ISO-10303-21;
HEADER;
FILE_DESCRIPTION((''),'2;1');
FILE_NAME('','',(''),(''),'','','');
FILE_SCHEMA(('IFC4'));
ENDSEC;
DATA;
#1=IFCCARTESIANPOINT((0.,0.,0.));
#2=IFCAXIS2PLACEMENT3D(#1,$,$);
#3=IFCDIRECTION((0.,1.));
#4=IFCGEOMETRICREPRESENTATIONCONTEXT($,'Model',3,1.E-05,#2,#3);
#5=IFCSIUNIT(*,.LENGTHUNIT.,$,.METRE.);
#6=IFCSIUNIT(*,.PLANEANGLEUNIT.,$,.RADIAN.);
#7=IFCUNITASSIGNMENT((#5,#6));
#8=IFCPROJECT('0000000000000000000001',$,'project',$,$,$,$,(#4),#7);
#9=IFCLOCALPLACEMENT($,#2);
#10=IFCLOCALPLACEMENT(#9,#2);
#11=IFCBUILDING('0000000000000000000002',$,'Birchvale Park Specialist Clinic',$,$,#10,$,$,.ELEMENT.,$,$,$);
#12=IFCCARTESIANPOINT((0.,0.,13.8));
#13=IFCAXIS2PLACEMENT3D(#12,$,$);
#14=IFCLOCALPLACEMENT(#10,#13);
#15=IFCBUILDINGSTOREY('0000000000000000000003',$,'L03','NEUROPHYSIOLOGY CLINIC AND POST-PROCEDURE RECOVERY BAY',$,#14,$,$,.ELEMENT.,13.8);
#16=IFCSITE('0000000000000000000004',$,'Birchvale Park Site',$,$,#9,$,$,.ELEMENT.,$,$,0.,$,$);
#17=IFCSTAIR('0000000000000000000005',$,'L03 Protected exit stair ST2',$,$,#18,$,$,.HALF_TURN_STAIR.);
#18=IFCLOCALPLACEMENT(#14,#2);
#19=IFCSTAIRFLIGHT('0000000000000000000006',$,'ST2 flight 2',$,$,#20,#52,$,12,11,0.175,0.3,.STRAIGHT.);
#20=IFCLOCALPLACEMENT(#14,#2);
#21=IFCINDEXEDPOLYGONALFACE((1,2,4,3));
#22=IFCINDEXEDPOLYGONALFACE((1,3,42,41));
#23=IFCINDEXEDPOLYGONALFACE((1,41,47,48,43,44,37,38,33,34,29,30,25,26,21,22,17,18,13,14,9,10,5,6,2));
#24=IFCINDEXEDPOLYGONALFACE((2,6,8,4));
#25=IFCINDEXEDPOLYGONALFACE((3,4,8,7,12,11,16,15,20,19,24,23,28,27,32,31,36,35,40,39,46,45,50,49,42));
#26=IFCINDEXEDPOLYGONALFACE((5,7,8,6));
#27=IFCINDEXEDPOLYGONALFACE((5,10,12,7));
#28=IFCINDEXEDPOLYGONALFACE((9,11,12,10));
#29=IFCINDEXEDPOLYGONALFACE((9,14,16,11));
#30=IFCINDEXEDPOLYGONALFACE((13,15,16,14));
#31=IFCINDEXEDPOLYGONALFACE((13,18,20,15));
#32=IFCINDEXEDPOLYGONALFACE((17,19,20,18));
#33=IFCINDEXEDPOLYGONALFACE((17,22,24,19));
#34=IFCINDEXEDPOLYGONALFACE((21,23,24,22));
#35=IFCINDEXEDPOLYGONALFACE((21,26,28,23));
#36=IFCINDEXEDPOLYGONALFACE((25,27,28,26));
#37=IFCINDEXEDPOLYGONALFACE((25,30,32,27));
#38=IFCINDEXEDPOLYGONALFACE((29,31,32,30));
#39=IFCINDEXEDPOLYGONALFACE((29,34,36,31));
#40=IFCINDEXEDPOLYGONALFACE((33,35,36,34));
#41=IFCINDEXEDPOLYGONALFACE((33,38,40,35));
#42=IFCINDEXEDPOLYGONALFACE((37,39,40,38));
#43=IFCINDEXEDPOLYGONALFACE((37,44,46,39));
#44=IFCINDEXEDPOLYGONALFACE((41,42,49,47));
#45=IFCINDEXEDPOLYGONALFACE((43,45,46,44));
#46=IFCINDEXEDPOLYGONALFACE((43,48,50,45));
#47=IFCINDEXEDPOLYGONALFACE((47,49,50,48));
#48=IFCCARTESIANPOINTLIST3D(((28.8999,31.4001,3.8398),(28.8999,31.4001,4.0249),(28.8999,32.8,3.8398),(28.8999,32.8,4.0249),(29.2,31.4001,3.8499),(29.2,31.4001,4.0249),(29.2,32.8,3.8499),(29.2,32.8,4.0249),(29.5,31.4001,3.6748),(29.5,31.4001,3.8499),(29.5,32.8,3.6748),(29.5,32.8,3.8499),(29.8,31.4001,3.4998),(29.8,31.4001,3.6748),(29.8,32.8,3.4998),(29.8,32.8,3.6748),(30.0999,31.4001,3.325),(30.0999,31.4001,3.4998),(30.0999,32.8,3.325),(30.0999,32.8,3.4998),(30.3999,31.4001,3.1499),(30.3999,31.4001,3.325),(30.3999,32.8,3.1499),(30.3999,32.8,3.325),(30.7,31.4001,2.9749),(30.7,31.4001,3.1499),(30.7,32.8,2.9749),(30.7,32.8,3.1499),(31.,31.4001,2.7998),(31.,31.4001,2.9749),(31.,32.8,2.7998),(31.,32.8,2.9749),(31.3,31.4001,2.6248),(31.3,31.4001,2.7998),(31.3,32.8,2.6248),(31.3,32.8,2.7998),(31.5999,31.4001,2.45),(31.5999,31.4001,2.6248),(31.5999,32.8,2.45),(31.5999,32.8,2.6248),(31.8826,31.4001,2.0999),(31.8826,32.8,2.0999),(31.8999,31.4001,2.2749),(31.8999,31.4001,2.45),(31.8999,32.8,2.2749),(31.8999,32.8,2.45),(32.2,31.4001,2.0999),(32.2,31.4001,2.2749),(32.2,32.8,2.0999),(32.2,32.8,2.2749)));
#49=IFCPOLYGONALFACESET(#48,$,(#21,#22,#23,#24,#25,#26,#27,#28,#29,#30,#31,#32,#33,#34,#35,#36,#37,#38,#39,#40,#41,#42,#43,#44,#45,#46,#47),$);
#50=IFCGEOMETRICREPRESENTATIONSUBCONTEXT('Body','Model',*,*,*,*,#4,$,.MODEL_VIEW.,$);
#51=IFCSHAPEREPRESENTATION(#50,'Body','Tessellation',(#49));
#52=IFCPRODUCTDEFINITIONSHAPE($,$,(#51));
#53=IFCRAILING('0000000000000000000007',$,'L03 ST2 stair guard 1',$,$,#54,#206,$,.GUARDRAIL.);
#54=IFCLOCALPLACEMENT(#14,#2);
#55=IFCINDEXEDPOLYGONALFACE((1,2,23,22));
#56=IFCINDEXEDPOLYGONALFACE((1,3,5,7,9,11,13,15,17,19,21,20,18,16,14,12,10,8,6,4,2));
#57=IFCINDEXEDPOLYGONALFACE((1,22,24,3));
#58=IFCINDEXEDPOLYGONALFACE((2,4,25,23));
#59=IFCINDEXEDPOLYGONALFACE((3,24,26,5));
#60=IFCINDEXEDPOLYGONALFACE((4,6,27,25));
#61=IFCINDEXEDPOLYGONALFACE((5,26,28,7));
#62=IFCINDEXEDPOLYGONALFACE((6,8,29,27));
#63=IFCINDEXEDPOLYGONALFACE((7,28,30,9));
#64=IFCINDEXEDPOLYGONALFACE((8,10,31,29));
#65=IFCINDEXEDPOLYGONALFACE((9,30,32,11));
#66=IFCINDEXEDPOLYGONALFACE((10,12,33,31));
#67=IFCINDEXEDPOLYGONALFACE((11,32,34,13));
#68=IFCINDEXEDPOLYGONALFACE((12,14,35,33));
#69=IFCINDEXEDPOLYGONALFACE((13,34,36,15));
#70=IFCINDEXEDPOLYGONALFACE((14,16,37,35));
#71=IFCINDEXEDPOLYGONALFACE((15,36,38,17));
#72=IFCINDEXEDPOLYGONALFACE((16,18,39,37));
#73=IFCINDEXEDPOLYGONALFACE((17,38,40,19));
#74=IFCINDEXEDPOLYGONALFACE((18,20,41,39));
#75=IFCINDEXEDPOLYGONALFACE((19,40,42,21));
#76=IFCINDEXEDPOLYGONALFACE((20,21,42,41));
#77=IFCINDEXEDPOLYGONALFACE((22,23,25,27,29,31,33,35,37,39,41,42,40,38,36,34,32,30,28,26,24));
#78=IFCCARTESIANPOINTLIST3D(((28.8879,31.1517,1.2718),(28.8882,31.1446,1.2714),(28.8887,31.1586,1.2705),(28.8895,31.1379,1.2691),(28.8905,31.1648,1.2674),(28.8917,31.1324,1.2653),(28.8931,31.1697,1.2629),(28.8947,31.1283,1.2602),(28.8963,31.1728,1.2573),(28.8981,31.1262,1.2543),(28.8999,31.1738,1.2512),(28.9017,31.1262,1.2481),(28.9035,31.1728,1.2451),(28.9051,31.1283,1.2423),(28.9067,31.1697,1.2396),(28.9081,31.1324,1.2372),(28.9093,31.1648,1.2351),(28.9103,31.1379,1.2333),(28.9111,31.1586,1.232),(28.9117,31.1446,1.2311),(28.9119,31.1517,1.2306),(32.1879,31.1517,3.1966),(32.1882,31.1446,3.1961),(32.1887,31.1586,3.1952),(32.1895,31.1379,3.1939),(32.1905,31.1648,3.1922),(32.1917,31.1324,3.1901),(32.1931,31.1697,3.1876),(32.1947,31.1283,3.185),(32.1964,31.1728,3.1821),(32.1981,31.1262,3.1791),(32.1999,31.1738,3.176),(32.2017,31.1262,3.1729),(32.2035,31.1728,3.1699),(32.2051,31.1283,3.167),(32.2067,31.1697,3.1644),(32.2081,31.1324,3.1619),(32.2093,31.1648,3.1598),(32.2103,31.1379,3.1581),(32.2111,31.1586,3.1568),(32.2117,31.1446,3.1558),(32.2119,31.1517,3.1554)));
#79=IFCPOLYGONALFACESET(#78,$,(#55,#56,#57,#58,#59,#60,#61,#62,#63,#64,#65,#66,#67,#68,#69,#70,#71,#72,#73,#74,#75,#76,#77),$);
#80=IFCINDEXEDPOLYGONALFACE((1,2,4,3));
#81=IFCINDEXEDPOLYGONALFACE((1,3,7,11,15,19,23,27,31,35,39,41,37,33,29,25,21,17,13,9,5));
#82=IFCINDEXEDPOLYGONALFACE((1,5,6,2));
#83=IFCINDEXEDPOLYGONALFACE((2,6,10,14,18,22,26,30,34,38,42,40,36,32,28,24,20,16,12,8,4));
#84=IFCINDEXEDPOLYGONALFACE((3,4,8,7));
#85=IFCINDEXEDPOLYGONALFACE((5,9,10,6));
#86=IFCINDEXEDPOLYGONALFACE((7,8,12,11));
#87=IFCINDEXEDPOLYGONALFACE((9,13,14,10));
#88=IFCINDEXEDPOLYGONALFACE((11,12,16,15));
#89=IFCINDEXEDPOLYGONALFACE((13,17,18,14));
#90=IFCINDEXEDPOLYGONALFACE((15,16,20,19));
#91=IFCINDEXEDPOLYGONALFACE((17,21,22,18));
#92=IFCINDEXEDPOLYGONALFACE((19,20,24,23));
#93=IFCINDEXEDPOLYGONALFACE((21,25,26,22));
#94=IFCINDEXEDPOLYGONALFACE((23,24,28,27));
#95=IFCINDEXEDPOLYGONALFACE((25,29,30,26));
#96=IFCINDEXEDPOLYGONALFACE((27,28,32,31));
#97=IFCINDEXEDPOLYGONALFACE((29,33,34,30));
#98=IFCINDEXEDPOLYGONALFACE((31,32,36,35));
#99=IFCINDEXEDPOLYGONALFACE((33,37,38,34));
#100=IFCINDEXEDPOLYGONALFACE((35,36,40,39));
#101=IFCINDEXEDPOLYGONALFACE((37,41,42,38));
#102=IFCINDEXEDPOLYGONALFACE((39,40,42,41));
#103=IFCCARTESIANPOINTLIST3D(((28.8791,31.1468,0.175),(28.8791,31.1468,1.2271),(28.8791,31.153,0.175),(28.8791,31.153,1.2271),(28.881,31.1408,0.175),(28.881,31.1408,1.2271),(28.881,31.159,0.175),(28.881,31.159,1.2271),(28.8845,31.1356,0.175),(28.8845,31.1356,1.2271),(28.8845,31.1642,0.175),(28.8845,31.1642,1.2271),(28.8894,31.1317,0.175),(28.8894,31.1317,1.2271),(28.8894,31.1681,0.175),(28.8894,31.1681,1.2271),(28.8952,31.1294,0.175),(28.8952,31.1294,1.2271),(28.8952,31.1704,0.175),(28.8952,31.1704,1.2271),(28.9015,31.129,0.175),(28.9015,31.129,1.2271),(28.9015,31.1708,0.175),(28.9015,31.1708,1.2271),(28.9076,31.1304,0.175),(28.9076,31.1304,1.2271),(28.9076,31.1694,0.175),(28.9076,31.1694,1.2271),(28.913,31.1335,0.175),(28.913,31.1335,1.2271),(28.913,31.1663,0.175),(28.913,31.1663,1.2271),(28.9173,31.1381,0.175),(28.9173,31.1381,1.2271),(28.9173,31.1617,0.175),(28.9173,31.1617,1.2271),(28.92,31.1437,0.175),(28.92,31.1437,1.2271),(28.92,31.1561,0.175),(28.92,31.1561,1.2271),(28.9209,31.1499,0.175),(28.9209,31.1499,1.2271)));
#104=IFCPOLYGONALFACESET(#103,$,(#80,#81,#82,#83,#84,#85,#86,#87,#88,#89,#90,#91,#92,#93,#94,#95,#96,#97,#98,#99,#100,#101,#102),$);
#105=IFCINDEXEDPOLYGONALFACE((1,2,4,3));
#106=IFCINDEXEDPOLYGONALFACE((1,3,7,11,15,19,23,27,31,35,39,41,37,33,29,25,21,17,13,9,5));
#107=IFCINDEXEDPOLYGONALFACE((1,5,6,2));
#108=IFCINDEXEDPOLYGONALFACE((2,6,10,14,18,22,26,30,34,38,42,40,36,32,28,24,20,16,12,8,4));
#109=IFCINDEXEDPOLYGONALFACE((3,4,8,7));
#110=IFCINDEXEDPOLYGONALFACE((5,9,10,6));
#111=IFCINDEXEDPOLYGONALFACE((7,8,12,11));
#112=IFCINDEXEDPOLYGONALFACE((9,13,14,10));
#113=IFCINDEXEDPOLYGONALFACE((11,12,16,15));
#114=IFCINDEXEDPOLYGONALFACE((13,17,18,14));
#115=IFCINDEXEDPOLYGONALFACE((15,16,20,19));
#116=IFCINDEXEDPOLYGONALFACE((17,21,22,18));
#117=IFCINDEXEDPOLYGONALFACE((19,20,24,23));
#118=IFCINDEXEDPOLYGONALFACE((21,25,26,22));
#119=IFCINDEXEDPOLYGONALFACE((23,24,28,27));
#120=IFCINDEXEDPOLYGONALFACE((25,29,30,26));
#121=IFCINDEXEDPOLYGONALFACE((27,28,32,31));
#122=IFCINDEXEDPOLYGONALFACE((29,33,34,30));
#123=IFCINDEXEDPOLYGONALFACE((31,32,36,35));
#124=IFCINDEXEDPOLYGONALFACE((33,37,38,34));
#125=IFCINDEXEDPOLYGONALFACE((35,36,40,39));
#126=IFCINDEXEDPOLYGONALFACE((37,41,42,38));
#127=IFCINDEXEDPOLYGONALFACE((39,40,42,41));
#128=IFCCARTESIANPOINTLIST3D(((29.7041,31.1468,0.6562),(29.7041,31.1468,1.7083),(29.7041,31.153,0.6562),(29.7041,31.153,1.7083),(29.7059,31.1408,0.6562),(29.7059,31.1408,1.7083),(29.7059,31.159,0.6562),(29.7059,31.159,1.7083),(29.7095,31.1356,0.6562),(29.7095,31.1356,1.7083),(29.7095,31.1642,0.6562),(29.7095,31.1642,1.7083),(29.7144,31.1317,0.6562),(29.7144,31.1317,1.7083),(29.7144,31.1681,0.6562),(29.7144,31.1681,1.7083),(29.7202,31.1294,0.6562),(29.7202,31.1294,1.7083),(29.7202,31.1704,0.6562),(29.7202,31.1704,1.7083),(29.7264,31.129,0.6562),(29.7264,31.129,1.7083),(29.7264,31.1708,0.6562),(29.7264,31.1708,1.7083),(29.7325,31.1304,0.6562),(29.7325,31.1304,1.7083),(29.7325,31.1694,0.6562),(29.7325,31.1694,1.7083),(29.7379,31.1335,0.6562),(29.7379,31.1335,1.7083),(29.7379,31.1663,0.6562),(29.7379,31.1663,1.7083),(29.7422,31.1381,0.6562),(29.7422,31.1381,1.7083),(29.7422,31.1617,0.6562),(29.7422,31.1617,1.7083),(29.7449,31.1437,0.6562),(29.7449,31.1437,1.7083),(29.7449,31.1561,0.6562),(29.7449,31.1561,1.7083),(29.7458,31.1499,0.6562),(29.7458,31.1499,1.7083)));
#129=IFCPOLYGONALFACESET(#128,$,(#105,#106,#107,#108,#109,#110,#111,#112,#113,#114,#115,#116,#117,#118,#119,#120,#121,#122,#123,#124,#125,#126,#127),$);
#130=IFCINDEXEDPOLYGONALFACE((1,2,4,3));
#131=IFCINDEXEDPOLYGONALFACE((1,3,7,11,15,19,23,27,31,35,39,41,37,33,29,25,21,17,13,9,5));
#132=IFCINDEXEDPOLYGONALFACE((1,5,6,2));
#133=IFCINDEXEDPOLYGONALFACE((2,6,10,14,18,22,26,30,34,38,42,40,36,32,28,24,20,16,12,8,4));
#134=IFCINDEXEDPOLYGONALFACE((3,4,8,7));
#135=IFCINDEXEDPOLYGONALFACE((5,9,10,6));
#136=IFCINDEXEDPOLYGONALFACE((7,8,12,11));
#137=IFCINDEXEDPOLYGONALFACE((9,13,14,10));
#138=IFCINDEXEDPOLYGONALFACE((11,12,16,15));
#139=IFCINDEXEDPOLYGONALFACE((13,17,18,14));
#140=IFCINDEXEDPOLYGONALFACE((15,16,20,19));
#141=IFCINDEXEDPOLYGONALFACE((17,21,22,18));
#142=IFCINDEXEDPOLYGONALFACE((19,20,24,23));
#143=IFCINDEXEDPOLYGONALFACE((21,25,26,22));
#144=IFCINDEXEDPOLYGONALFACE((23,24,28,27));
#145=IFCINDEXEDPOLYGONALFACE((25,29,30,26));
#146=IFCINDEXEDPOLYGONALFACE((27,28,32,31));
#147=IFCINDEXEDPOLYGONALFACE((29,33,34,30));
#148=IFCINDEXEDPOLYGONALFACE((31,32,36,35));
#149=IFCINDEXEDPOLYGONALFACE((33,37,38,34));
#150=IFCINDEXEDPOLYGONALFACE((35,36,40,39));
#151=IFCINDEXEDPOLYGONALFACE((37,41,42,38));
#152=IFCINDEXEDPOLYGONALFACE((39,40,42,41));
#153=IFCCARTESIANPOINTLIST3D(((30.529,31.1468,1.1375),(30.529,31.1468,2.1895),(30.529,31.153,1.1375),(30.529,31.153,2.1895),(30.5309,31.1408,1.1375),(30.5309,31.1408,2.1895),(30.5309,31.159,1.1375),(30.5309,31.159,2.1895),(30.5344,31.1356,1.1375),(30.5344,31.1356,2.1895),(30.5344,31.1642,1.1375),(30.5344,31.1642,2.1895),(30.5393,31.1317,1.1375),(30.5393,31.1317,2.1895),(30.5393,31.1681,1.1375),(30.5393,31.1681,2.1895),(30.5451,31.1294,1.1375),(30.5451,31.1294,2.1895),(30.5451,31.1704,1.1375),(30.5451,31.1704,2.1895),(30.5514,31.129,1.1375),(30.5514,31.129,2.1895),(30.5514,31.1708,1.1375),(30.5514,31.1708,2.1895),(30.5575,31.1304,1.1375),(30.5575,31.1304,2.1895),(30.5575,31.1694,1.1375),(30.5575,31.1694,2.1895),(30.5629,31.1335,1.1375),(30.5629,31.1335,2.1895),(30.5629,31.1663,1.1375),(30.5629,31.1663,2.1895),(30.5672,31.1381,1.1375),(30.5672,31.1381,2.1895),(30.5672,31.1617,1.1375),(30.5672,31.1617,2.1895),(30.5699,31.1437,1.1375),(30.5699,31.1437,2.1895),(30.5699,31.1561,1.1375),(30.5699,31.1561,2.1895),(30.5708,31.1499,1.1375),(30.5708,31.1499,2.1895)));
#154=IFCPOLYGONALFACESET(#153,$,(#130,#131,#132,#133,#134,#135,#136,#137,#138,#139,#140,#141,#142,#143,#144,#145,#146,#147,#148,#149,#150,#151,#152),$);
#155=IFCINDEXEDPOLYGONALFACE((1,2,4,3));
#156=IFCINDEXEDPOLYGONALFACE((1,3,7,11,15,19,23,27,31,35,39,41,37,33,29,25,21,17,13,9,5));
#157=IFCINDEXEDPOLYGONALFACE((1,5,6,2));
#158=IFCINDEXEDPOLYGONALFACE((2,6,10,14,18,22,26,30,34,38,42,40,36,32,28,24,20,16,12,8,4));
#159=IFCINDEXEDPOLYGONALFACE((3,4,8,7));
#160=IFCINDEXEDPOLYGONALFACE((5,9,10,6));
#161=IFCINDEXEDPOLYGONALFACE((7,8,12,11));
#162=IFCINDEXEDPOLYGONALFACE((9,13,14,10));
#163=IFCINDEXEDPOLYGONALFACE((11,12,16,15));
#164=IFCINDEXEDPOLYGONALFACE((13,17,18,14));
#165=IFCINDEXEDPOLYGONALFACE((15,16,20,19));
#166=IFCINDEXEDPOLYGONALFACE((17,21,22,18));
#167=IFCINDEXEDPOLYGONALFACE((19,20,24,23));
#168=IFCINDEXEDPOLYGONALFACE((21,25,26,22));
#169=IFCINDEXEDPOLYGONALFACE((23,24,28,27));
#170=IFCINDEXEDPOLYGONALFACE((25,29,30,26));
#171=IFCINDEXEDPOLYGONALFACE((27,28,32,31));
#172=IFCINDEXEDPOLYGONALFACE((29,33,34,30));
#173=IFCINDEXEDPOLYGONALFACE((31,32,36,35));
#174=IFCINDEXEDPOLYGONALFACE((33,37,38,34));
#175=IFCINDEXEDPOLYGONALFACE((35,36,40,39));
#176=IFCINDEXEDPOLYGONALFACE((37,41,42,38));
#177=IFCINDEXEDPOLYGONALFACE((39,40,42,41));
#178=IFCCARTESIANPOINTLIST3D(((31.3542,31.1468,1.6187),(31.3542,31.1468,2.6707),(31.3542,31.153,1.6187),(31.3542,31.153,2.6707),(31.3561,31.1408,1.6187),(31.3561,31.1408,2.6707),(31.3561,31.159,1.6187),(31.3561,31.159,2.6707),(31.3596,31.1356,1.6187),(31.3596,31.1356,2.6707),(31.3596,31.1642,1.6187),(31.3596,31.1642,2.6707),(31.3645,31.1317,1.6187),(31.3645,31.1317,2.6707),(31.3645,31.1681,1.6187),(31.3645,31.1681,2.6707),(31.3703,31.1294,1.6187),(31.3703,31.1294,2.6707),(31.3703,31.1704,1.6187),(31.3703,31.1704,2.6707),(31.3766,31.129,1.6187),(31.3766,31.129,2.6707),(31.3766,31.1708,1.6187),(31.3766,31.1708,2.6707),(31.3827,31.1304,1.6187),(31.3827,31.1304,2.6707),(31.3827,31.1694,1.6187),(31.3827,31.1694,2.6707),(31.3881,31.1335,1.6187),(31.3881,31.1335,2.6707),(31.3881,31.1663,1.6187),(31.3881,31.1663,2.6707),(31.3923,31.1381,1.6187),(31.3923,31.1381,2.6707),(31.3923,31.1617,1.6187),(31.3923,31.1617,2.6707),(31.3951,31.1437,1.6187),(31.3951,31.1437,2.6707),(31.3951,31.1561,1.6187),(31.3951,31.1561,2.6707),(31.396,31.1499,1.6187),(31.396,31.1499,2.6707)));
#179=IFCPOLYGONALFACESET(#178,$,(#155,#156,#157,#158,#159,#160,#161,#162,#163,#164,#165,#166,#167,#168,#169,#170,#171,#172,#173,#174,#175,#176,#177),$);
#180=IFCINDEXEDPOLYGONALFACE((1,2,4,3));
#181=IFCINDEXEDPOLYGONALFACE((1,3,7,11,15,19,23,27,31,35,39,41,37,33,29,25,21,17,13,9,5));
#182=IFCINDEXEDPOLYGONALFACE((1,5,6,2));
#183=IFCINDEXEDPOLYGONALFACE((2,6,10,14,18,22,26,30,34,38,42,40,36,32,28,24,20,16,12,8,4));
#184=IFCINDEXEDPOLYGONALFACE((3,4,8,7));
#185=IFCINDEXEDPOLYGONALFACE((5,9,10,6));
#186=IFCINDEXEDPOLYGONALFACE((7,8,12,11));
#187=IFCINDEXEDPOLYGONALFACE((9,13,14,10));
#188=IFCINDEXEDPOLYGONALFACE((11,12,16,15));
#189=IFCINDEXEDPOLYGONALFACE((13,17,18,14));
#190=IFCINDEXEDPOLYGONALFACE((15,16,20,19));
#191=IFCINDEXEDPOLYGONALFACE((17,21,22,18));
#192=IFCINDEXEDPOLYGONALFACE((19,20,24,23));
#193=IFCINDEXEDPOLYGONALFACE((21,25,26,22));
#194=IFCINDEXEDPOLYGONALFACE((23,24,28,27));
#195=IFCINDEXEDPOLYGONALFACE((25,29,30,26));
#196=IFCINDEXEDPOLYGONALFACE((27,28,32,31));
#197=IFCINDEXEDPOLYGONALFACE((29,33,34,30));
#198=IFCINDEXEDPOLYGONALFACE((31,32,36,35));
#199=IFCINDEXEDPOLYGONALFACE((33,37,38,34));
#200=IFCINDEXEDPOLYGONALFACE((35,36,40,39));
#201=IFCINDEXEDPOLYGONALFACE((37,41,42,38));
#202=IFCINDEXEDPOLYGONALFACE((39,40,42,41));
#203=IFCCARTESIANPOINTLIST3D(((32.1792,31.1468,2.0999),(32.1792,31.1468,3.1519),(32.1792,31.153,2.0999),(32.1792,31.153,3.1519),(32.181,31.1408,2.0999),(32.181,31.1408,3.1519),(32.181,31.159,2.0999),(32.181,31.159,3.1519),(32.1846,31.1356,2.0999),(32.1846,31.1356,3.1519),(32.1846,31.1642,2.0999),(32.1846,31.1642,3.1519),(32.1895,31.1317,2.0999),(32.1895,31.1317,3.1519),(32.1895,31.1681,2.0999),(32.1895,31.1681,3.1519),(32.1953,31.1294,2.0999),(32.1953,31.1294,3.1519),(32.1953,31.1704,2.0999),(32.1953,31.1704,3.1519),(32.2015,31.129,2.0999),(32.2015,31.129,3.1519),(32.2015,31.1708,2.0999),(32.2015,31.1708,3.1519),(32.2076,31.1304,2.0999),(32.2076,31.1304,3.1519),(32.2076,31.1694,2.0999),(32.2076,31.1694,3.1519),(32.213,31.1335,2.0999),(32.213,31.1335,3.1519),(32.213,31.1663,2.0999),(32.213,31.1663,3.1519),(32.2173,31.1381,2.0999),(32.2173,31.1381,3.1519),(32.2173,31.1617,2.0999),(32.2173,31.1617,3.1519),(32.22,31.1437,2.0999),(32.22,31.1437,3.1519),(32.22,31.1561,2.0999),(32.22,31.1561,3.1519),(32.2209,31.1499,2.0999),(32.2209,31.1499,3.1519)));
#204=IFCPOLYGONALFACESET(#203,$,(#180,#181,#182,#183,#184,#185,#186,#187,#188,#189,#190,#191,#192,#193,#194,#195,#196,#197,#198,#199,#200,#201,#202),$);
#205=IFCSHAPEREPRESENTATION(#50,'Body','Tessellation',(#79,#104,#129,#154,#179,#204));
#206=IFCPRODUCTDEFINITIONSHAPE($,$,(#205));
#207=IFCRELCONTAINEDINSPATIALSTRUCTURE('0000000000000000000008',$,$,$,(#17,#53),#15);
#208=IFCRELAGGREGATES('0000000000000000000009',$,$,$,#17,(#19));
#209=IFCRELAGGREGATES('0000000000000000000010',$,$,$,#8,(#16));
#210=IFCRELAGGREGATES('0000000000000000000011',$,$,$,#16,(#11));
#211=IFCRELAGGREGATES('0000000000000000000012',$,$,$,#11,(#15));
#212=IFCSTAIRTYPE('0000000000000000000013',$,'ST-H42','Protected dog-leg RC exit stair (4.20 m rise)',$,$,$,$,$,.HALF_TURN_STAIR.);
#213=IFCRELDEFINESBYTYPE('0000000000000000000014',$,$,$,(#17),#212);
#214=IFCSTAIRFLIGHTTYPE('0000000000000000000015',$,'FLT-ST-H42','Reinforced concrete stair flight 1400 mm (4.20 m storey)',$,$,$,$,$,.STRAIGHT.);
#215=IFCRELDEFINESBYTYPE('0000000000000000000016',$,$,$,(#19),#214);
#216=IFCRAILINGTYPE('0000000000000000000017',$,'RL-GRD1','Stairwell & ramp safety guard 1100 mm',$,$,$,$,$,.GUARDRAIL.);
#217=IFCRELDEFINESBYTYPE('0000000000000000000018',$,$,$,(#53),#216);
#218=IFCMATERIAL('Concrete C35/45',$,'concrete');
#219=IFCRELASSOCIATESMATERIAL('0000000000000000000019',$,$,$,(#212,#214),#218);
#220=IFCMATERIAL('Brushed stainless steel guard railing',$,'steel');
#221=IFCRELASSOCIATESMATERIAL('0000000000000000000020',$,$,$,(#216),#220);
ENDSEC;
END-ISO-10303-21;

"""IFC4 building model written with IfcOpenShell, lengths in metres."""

from ifc_helpers import new_model, si_unit, direction, frame, origin, origin_2d, place, context, subcontext, project, spatial, polyline, circle, outline, extrude, material, type_object, element, aggregate, save


model = new_model("IFC4")

# Units and contexts
model_context = context("Model", 3, precision=1e-05, world=origin(), true_north=direction((0.0, 1.0)))
body_context = subcontext(model_context, "Body", "Model", "MODEL_VIEW")
ifc_project = project(units=[si_unit("LENGTHUNIT", "METRE"), si_unit("PLANEANGLEUNIT", "RADIAN")], contexts=[model_context])

# Site, building, storey
site_placement = place(None, origin())
site = spatial("IfcSite", under=ifc_project, at=site_placement, Name="Birchvale Park Site", CompositionType="ELEMENT", RefElevation=0.0)
building_placement = place(site_placement, origin())
building = spatial("IfcBuilding", under=site, at=building_placement, Name="Birchvale Park Specialist Clinic", CompositionType="ELEMENT")
storey_placement = place(building_placement, frame((0.0, 0.0, 13.8)))
storey = spatial("IfcBuildingStorey", under=building, at=storey_placement, Name="L03", Description="NEUROPHYSIOLOGY CLINIC AND POST-PROCEDURE RECOVERY BAY", CompositionType="ELEMENT", Elevation=13.8)

# Stair, stair flight
ifc_material_1 = material(Name="Concrete C35/45", Category="concrete")
stair_type = type_object("IfcStairType", Name="ST-H42", Description="Protected dog-leg RC exit stair (4.20 m rise)", PredefinedType="HALF_TURN_STAIR", material=ifc_material_1)
stair_placement = place(storey_placement, origin())
stair = element("IfcStair", 1, at=stair_placement, inside=storey, type_object=stair_type, Name="L03 Protected exit stair ST2", PredefinedType="HALF_TURN_STAIR")
stair_flight_type = type_object("IfcStairFlightType", Name="FLT-ST-H42", Description="Reinforced concrete stair flight 1400 mm (4.20 m storey)", PredefinedType="STRAIGHT", material=ifc_material_1)
stair_flight_1_placement = place(storey_placement, frame((32.2, 32.1001, 2.0999), z_axis=(0.0, 0.0, 1.0), x_axis=(-1.0, 0.0, 0.0)))
stair_flight_1 = element("IfcStairFlight", 2, at=stair_flight_1_placement, type_object=stair_flight_type, Name="ST2 flight 2", NumberOfRisers=12, NumberOfTreads=11, PredefinedType="STRAIGHT", RiserHeight=0.175, TreadLength=0.3, context=body_context, shape_type="SweptSolid", body=[
    extrude(outline(polyline([(0.0, 0.0), (0.0, 0.175), (0.3, 0.175), (0.3, 0.3501), (0.6001, 0.3501), (0.6001, 0.5249), (0.8999, 0.5249), (0.8999, 0.7), (1.2, 0.7), (1.2, 0.875), (1.5, 0.875), (1.5, 1.05), (1.8, 1.05), (1.8, 1.2251), (2.1001, 1.2251), (2.1001, 1.3999), (2.3999, 1.3999), (2.3999, 1.575), (2.7, 1.575), (2.7, 1.75), (3.0, 1.75), (3.0, 1.925), (3.3, 1.925), (3.3, 2.1001), (3.3, 1.74), (0.3174, 0.0), (0.0, 0.0)])), frame((0.0, 0.7, 0.0), z_axis=(0.0, -1.0, 0.0), x_axis=(1.0, 0.0, 0.0)), (0.0, 0.0, 1.0), 1.3999),
])
aggregate(stair, [stair_flight_1])

# Railing
ifc_material_2 = material(Name="Brushed stainless steel guard railing", Category="steel")
railing_type_1 = type_object("IfcRailingType", Name="RL-GRD1", Description="Stairwell & ramp safety guard 1100 mm", PredefinedType="GUARDRAIL", material=ifc_material_2)
railing_1_placement = place(storey_placement, frame((28.8999, 31.1499, 0.175)))
element("IfcRailing", 3, at=railing_1_placement, inside=storey, type_object=railing_type_1, Name="L03 ST2 stair guard 1", PredefinedType="GUARDRAIL", context=body_context, shape_type="SweptSolid", body=[
    extrude(circle(Radius=0.0239, at=origin_2d()), frame((0.0, 0.0, 1.0762), z_axis=(0.863804, 0.0, 0.503827), x_axis=(0.0, 1.0, 0.0)), (0.0, 0.0, 1.0), 3.8203),
    extrude(circle(Radius=0.021, at=origin_2d()), origin(), (0.0, 0.0, 1.0), 1.052),
    extrude(circle(Radius=0.021, at=origin_2d()), frame((0.825, 0.0, 0.4812)), (0.0, 0.0, 1.0), 1.052),
    extrude(circle(Radius=0.021, at=origin_2d()), frame((1.6499, 0.0, 0.9624)), (0.0, 0.0, 1.0), 1.052),
    extrude(circle(Radius=0.021, at=origin_2d()), frame((2.4751, 0.0, 1.4436)), (0.0, 0.0, 1.0), 1.052),
    extrude(circle(Radius=0.021, at=origin_2d()), frame((3.3, 0.0, 1.9248)), (0.0, 0.0, 1.0), 1.052),
])

save(model, "model.ifc")
